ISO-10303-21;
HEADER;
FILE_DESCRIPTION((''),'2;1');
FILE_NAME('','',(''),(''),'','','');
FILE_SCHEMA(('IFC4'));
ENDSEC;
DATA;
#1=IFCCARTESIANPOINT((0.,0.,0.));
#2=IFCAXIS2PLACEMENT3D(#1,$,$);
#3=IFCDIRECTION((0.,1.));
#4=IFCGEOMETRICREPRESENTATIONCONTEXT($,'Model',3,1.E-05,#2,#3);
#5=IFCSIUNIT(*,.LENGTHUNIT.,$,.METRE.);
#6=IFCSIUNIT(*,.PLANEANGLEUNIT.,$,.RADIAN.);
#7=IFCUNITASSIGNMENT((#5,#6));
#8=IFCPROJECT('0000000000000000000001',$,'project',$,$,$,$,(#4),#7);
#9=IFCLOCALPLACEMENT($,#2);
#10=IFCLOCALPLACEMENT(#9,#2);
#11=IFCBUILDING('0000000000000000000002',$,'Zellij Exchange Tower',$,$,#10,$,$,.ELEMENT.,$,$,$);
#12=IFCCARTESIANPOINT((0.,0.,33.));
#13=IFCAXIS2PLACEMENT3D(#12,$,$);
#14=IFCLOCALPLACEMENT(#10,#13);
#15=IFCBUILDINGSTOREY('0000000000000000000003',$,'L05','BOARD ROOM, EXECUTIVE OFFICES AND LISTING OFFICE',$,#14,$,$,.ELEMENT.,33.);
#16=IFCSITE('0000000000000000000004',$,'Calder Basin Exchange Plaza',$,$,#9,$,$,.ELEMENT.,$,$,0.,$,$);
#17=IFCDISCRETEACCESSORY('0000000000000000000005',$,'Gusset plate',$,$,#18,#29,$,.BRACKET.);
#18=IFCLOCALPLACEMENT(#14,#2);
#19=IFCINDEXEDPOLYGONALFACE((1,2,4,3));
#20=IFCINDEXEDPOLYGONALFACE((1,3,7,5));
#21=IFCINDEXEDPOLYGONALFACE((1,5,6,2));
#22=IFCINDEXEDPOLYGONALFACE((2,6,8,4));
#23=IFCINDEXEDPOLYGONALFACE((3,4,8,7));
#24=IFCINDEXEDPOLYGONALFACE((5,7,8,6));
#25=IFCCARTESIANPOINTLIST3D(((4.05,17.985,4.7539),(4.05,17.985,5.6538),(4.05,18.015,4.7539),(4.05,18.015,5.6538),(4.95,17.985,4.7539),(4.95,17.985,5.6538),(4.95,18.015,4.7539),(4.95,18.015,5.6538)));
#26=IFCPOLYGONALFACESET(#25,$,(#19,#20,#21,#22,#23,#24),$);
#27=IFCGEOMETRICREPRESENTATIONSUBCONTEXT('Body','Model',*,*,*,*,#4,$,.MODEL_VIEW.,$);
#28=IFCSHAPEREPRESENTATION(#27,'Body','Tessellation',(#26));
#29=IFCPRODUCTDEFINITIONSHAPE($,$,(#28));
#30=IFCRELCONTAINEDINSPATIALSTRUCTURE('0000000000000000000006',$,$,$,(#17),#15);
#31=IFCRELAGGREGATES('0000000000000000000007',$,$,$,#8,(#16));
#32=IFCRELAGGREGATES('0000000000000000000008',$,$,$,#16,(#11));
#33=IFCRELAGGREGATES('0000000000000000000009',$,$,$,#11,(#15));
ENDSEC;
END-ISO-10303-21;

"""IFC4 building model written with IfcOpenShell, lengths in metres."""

from ifc_helpers import new_model, si_unit, direction, frame, origin, origin_2d, place, context, subcontext, project, spatial, rectangle, extrude, element, save


model = new_model("IFC4")

# Units and contexts
model_context = context("Model", 3, precision=1e-05, world=origin(), true_north=direction((0.0, 1.0)))
body_context = subcontext(model_context, "Body", "Model", "MODEL_VIEW")
ifc_project = project(units=[si_unit("LENGTHUNIT", "METRE"), si_unit("PLANEANGLEUNIT", "RADIAN")], contexts=[model_context])

# Site, building, storey
site_placement = place(None, origin())
site = spatial("IfcSite", under=ifc_project, at=site_placement, Name="Calder Basin Exchange Plaza", CompositionType="ELEMENT", RefElevation=0.0)
building_placement = place(site_placement, origin())
building = spatial("IfcBuilding", under=site, at=building_placement, Name="Zellij Exchange Tower", CompositionType="ELEMENT")
storey_placement = place(building_placement, frame((0.0, 0.0, 33.0)))
storey = spatial("IfcBuildingStorey", under=building, at=storey_placement, Name="L05", Description="BOARD ROOM, EXECUTIVE OFFICES AND LISTING OFFICE", CompositionType="ELEMENT", Elevation=33.0)

# Discrete accessory
for number, where, z_axis, x_axis, name in (
    (1, (4.5, 18.0, 4.7539), (0.0, 0.0, 1.0), (1.0, 0.0, 0.0), "Gusset plate"),
):
    element("IfcDiscreteAccessory", number, at=place(storey_placement, frame(where, z_axis=z_axis, x_axis=x_axis)), inside=storey, Name=name, PredefinedType="BRACKET", context=body_context, shape_type="SweptSolid", body=[
        extrude(rectangle(XDim=0.8999, YDim=0.03, at=origin_2d()), origin(), (0.0, 0.0, 1.0), 0.8999),
    ])

save(model, "model.ifc")
